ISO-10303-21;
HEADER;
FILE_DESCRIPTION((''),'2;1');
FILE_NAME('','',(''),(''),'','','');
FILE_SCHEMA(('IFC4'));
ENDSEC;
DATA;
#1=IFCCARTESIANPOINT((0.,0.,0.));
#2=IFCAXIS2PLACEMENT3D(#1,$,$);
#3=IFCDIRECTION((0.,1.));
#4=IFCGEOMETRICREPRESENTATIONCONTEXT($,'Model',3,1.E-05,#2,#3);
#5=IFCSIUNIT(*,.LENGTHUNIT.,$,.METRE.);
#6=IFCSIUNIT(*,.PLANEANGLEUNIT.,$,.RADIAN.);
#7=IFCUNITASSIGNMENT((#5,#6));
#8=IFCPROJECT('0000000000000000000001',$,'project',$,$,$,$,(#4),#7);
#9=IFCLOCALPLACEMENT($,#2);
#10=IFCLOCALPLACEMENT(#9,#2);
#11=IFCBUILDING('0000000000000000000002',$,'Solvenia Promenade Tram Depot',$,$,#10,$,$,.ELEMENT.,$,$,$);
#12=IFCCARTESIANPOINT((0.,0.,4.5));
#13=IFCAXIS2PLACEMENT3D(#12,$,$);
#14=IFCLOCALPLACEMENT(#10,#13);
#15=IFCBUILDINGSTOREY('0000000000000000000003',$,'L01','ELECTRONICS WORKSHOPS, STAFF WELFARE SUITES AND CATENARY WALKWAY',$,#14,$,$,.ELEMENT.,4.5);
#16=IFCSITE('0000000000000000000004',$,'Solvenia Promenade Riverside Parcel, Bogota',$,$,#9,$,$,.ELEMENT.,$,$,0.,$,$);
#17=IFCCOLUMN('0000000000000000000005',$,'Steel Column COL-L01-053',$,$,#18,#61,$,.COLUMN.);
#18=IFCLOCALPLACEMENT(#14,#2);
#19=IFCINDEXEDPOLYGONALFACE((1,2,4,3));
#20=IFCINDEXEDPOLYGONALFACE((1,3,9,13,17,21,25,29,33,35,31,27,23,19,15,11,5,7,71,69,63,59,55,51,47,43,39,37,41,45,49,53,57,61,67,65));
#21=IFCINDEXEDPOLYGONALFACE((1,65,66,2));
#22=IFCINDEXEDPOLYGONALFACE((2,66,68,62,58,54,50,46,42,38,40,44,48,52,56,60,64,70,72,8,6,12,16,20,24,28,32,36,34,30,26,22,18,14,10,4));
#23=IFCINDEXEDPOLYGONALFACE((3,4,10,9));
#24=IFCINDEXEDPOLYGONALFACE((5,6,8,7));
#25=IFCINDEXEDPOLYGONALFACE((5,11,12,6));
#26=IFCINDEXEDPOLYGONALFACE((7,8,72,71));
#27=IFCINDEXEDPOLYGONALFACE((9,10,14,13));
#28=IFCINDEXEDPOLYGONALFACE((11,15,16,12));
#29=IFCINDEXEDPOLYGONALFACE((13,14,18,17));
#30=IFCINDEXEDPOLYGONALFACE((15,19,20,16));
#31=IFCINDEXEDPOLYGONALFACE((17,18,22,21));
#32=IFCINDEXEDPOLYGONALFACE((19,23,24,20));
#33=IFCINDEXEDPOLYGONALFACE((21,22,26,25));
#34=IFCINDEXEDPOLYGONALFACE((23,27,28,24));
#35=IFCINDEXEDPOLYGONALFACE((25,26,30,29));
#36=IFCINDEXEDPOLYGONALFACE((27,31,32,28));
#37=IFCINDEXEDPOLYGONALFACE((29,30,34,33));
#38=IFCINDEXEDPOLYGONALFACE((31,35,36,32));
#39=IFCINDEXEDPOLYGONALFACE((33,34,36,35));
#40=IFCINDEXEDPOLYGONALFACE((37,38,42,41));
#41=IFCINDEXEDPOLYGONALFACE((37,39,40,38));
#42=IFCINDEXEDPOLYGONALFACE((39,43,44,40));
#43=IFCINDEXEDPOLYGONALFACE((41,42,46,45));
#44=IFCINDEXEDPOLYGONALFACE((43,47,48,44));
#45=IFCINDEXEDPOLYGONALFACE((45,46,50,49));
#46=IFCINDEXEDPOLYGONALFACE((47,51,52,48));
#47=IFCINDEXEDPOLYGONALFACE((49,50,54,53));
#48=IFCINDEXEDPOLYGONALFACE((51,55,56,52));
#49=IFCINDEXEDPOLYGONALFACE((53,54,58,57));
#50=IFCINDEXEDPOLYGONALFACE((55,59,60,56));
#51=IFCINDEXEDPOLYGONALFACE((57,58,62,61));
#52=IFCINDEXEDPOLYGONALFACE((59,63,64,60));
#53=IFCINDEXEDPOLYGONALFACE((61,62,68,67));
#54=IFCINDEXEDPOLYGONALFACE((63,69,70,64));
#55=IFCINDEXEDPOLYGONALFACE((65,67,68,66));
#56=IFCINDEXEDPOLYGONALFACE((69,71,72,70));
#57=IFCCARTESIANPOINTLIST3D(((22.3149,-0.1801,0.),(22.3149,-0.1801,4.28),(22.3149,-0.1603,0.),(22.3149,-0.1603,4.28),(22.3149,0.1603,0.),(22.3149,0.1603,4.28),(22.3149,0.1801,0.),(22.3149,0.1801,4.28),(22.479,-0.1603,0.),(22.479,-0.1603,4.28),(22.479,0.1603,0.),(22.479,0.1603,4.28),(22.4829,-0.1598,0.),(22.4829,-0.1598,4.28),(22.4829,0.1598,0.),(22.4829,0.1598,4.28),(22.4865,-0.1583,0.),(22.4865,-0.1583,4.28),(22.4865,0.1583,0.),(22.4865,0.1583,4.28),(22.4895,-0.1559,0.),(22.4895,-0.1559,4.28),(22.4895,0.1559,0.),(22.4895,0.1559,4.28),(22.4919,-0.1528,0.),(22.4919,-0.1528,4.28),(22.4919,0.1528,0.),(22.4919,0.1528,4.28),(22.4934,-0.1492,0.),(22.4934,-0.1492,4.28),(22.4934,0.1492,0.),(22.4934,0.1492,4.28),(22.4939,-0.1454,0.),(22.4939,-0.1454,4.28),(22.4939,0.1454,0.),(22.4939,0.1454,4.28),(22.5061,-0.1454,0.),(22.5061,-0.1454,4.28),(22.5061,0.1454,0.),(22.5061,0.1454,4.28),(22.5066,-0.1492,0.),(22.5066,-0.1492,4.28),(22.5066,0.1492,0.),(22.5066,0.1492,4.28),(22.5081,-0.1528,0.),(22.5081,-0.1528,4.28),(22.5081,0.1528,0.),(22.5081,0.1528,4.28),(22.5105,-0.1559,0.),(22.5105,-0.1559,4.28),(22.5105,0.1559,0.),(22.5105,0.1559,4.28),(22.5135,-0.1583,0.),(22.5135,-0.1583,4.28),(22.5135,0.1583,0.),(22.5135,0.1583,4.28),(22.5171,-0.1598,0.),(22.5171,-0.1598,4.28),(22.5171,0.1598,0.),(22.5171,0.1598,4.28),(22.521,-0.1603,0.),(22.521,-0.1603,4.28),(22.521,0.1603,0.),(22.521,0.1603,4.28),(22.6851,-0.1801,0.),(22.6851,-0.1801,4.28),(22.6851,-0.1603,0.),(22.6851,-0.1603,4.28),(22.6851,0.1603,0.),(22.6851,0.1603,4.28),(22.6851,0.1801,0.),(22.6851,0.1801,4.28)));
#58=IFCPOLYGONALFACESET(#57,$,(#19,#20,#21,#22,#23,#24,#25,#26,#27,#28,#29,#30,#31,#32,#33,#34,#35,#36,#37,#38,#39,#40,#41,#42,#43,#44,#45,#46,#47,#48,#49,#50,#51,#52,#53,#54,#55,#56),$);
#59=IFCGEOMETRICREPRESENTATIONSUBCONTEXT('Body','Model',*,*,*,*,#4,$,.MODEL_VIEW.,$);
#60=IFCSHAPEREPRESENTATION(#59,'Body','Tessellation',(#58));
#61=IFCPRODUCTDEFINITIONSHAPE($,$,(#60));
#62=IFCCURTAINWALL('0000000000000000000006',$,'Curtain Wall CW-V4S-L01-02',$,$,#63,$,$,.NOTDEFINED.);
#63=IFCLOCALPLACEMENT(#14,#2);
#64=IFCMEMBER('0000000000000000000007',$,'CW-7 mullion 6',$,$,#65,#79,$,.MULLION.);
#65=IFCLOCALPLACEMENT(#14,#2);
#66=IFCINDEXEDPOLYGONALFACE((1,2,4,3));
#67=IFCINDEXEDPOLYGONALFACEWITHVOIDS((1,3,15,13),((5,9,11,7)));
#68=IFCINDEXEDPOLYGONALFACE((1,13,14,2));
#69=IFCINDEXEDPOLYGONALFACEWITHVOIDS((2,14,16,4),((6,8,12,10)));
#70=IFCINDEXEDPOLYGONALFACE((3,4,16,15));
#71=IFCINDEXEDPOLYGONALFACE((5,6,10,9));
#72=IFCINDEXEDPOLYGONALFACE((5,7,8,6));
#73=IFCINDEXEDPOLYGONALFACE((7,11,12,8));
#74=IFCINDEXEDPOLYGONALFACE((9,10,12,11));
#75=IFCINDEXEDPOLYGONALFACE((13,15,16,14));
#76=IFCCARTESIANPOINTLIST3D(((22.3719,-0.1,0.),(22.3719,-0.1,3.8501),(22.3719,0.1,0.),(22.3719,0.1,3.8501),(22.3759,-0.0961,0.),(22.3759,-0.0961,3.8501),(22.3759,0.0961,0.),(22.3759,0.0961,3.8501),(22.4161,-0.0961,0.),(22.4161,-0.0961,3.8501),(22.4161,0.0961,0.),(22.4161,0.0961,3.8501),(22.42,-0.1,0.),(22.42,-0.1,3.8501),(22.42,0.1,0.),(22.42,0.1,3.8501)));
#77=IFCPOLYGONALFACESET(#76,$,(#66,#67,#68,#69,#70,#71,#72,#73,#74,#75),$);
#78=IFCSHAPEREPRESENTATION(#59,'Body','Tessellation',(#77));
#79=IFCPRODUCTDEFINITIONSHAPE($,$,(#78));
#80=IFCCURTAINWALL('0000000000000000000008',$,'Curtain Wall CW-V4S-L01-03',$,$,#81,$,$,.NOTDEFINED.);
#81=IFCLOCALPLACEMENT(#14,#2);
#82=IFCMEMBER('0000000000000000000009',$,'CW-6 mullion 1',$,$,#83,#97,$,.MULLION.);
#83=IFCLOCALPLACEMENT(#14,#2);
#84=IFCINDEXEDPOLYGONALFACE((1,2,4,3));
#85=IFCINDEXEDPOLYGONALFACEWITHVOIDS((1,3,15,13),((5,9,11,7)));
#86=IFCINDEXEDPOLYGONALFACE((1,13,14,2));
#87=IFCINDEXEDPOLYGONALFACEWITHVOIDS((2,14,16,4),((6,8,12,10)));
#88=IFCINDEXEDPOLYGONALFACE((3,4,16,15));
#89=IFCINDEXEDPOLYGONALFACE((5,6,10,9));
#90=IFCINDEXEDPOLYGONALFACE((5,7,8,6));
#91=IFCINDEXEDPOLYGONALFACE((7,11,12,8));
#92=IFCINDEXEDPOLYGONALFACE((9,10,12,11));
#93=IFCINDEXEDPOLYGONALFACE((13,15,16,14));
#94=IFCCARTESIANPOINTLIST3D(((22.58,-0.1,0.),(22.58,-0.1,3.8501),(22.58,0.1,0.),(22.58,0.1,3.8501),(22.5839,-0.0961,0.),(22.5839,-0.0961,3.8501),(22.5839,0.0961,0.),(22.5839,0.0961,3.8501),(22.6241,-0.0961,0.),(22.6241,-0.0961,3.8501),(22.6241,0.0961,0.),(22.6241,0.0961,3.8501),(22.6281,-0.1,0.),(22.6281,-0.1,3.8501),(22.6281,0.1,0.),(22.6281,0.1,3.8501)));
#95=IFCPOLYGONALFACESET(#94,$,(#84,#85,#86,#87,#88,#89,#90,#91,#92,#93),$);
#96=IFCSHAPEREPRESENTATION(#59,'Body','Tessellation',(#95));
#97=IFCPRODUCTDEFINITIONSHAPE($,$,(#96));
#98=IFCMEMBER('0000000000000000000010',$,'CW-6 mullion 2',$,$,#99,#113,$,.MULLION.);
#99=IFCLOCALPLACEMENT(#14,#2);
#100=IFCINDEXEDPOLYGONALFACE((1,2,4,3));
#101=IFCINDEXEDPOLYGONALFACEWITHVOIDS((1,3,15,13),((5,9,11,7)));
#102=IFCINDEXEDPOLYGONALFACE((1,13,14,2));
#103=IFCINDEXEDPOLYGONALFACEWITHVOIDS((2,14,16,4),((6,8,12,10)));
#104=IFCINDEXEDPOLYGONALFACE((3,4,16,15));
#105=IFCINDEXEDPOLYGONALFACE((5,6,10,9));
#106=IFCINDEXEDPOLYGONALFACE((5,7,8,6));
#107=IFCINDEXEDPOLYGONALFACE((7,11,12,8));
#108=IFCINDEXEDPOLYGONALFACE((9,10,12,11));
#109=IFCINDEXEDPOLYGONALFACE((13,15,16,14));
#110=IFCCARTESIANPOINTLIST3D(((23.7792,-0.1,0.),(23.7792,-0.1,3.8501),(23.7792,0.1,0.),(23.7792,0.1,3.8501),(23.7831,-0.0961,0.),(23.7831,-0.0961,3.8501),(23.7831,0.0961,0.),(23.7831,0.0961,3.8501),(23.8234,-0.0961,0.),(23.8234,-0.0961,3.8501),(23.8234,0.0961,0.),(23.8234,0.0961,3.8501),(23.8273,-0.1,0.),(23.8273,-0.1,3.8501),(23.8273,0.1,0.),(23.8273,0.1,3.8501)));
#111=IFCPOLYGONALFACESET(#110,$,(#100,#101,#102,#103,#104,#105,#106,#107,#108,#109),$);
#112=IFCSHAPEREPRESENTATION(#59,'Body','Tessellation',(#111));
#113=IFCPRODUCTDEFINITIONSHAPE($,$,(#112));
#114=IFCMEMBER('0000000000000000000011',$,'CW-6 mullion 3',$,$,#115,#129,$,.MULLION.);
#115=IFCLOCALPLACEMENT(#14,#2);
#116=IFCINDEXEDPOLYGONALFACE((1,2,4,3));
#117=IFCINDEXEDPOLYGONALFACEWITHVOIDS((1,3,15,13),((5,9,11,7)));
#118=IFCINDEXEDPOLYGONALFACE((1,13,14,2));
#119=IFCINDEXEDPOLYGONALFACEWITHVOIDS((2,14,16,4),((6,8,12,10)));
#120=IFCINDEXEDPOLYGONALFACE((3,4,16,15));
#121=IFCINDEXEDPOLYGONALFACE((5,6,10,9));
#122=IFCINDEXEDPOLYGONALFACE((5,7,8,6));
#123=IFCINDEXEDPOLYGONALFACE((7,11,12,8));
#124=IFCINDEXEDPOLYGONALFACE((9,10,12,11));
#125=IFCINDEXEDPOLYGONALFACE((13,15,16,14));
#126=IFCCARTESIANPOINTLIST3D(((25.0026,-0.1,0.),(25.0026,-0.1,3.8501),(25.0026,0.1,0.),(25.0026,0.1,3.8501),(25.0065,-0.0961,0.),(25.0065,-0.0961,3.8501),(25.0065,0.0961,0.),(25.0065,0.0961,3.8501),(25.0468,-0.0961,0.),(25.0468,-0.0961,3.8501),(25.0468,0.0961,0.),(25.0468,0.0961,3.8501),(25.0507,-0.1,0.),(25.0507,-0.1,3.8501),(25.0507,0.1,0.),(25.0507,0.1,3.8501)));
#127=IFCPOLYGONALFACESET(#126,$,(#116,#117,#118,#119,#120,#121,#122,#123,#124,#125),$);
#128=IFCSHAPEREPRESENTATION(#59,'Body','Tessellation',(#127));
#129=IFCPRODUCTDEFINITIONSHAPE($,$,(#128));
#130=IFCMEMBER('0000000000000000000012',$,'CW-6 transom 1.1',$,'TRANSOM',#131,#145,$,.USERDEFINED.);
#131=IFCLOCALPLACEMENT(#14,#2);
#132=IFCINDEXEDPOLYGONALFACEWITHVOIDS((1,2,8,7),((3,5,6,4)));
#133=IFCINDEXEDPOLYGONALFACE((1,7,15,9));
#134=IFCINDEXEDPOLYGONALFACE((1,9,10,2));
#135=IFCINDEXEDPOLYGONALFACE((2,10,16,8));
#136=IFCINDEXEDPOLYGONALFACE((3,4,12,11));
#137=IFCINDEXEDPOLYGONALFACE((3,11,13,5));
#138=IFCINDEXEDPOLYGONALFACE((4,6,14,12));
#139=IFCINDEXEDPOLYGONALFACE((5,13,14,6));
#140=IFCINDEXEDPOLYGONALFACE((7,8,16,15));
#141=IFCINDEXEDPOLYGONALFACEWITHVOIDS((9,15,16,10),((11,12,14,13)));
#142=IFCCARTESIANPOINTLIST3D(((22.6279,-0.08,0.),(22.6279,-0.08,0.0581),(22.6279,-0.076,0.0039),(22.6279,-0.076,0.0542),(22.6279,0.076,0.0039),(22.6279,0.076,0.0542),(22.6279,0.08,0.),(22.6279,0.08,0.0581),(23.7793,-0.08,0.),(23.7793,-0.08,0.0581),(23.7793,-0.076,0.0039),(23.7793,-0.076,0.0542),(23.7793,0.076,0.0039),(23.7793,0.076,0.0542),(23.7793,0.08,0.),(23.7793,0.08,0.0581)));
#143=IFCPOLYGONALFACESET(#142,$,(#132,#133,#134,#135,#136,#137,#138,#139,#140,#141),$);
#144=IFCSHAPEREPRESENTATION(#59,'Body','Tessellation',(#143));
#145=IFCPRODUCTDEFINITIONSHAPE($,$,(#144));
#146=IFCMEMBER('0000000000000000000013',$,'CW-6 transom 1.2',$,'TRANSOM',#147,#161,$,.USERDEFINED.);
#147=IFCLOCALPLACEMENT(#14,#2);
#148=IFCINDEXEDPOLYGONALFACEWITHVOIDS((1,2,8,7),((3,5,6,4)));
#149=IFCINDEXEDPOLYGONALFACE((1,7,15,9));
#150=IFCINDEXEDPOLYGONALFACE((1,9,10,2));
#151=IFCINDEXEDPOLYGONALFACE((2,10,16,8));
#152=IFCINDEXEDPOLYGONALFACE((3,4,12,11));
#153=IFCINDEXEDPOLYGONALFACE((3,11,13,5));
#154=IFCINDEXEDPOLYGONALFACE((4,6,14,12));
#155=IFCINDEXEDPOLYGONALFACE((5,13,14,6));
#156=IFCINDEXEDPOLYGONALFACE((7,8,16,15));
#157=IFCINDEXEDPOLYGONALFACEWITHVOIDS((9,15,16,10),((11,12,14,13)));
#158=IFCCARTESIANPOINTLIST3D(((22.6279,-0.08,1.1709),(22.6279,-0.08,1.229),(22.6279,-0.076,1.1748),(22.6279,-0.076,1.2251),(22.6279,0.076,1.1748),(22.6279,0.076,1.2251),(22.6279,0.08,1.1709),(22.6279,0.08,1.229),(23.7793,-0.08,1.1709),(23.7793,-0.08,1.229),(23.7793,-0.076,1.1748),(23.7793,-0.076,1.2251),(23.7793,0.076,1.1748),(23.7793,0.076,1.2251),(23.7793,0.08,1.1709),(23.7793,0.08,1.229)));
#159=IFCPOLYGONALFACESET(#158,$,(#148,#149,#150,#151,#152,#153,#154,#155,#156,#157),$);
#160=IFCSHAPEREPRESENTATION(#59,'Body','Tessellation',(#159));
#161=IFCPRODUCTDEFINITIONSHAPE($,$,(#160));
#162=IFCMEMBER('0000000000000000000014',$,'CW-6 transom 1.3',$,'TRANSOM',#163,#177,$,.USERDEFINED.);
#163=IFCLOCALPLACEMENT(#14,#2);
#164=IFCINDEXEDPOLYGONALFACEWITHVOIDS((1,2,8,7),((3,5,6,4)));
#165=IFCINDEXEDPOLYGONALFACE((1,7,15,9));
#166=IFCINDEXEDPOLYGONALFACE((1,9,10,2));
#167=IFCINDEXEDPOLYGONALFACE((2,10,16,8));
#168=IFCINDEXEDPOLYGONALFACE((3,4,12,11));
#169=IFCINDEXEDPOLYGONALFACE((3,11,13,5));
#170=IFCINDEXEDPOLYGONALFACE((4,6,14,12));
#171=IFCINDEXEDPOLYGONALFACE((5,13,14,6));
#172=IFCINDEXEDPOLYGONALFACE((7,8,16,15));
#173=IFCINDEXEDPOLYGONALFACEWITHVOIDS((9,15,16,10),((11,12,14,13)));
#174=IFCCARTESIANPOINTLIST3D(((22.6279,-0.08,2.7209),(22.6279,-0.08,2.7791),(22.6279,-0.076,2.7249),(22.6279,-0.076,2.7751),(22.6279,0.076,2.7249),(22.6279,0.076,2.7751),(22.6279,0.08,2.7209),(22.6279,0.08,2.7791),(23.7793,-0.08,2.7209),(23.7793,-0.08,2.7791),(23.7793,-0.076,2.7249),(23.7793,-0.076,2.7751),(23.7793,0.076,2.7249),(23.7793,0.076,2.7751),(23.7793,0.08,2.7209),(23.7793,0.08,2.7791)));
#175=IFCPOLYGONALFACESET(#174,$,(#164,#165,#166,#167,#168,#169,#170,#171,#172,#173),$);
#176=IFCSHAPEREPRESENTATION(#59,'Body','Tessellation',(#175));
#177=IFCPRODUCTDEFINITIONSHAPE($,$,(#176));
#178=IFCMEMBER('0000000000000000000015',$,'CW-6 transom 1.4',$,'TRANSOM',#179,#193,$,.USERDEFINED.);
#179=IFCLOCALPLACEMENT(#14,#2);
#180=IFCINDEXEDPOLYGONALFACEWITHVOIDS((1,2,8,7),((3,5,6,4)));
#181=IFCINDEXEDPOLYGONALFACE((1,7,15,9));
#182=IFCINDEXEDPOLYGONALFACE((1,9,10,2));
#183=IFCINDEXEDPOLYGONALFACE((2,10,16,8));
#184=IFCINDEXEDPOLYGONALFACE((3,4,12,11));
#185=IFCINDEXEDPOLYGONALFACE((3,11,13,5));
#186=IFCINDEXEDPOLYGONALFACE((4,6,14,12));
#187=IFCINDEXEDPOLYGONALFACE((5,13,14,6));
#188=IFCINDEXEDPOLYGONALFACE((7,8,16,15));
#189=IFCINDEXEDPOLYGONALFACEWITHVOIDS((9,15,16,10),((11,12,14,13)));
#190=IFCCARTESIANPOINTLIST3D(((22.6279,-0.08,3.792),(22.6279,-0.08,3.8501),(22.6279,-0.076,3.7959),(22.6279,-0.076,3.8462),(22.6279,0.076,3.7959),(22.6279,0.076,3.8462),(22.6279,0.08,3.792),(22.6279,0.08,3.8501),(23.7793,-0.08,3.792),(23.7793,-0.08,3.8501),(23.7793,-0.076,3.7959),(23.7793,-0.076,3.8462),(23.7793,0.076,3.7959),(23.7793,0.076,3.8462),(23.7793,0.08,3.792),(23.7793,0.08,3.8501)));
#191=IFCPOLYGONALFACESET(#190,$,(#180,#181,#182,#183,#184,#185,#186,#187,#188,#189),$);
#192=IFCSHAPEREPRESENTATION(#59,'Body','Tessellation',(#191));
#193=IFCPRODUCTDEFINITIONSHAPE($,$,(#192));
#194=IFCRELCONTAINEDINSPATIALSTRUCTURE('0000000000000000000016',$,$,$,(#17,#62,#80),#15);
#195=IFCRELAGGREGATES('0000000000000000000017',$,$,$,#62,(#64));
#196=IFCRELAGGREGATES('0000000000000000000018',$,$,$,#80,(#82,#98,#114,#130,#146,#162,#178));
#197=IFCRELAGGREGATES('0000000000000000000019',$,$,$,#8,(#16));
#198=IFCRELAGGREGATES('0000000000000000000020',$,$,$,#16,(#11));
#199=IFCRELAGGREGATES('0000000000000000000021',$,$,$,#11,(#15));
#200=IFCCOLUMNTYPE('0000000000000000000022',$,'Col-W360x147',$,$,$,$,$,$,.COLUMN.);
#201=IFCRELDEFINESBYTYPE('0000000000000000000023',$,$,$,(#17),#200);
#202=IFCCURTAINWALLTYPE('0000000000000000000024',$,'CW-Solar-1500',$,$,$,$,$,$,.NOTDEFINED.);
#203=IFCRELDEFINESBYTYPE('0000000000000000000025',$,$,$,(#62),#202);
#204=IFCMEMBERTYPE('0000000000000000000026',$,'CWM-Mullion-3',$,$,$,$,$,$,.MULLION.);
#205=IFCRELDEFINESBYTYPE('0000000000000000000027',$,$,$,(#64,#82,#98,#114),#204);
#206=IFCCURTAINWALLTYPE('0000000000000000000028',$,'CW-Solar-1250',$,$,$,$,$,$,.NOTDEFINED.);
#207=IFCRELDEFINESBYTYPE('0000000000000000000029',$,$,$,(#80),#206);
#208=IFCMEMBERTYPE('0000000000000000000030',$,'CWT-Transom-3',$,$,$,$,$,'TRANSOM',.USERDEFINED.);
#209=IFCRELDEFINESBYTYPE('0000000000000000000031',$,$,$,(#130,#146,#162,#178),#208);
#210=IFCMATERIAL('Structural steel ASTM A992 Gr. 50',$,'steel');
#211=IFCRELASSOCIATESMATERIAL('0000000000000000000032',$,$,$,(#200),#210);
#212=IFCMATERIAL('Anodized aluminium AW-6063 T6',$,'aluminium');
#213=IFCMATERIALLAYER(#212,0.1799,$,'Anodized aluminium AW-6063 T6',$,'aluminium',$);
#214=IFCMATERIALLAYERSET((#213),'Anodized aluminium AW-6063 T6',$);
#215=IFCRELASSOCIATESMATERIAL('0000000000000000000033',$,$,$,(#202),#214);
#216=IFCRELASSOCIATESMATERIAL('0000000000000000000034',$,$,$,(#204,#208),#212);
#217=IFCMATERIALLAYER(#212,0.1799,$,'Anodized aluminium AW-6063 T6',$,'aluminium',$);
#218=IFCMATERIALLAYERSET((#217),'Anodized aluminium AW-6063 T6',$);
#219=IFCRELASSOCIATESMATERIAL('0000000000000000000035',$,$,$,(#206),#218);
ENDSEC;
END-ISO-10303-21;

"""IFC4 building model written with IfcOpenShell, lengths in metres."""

from ifc_helpers import new_model, si_unit, direction, frame, origin, origin_2d, place, context, subcontext, project, spatial, hollow_rectangle, i_section, extrude, material, layer, layer_set, material_profile, profile_set, type_object, element, aggregate, save


model = new_model("IFC4")

# Units and contexts
model_context = context("Model", 3, precision=1e-05, world=origin(), true_north=direction((0.0, 1.0)))
body_context = subcontext(model_context, "Body", "Model", "MODEL_VIEW")
ifc_project = project(units=[si_unit("LENGTHUNIT", "METRE"), si_unit("PLANEANGLEUNIT", "RADIAN")], contexts=[model_context])

# Site, building, storey
site_placement = place(None, origin())
site = spatial("IfcSite", under=ifc_project, at=site_placement, Name="Solvenia Promenade Riverside Parcel, Bogota", CompositionType="ELEMENT", RefElevation=0.0)
building_placement = place(site_placement, origin())
building = spatial("IfcBuilding", under=site, at=building_placement, Name="Solvenia Promenade Tram Depot", CompositionType="ELEMENT")
storey_placement = place(building_placement, frame((0.0, 0.0, 4.5)))
storey = spatial("IfcBuildingStorey", under=building, at=storey_placement, Name="L01", Description="ELECTRONICS WORKSHOPS, STAFF WELFARE SUITES AND CATENARY WALKWAY", CompositionType="ELEMENT", Elevation=4.5)

# Column
ifc_material_1 = material(Name="Structural steel ASTM A992 Gr. 50", Category="steel")
ifc_material_profile_1 = material_profile(ifc_material_1, i_section(OverallWidth=0.3701, OverallDepth=0.3601, WebThickness=0.0122, FlangeThickness=0.0198, FilletRadius=0.0149, at=origin_2d()), Name="W360x147", Category="steel")
ifc_profile_set_1 = profile_set([ifc_material_profile_1], Name="Structural steel ASTM A992 Gr. 50")
column_type = type_object("IfcColumnType", Name="Col-W360x147", PredefinedType="COLUMN", material=ifc_profile_set_1)
column_placement = place(storey_placement, frame((22.5, 0.0, 0.0), z_axis=(0.0, 0.0, 1.0), x_axis=(1.0, 0.0, 0.0)))
element("IfcColumn", 1, at=column_placement, inside=storey, type_object=column_type, Name="Steel Column COL-L01-053", PredefinedType="COLUMN", context=body_context, shape_type="SweptSolid", body=[
    extrude(i_section(OverallWidth=0.3701, OverallDepth=0.3601, WebThickness=0.0122, FlangeThickness=0.0198, FilletRadius=0.0149, at=origin_2d()), origin(), (0.0, 0.0, 1.0), 4.28),
])

# Curtain wall, member
ifc_material_2 = material(Name="Anodized aluminium AW-6063 T6", Category="aluminium")
ifc_layer_1 = layer(ifc_material_2, 0.1799, Name="Anodized aluminium AW-6063 T6", Category="aluminium")
ifc_layer_set_1 = layer_set([ifc_layer_1], Name="Anodized aluminium AW-6063 T6")
curtain_wall_type_1 = type_object("IfcCurtainWallType", Name="CW-Solar-1500", PredefinedType="NOTDEFINED", material=ifc_layer_set_1)
curtain_wall_1_placement = place(storey_placement, origin())
curtain_wall_1 = element("IfcCurtainWall", 2, at=curtain_wall_1_placement, inside=storey, type_object=curtain_wall_type_1, Name="Curtain Wall CW-V4S-L01-02", PredefinedType="NOTDEFINED")
ifc_material_profile_2 = material_profile(ifc_material_2, hollow_rectangle(XDim=0.2, YDim=0.0481, WallThickness=0.0039, at=origin_2d()), Name="ALU-M3", Category="aluminium")
ifc_profile_set_2 = profile_set([ifc_material_profile_2], Name="Anodized aluminium AW-6063 T6")
member_type_1 = type_object("IfcMemberType", Name="CWM-Mullion-3", PredefinedType="MULLION", material=ifc_profile_set_2)
member_1_placement = place(storey_placement, frame((22.396, 0.0, 0.0), z_axis=(0.0, 0.0, 1.0), x_axis=(0.0, 1.0, 0.0)))
member_1 = element("IfcMember", 3, at=member_1_placement, type_object=member_type_1, Name="CW-7 mullion 6", PredefinedType="MULLION", context=body_context, shape_type="SweptSolid", body=[
    extrude(hollow_rectangle(XDim=0.2, YDim=0.0481, WallThickness=0.0039, at=origin_2d()), origin(), (0.0, 0.0, 1.0), 3.8501),
])
aggregate(curtain_wall_1, [member_1])

# Curtain wall, members
ifc_layer_2 = layer(ifc_material_2, 0.1799, Name="Anodized aluminium AW-6063 T6", Category="aluminium")
ifc_layer_set_2 = layer_set([ifc_layer_2], Name="Anodized aluminium AW-6063 T6")
curtain_wall_type_2 = type_object("IfcCurtainWallType", Name="CW-Solar-1250", PredefinedType="NOTDEFINED", material=ifc_layer_set_2)
curtain_wall_2_placement = place(storey_placement, origin())
curtain_wall_2 = element("IfcCurtainWall", 4, at=curtain_wall_2_placement, inside=storey, type_object=curtain_wall_type_2, Name="Curtain Wall CW-V4S-L01-03", PredefinedType="NOTDEFINED")
member_2_placement = place(storey_placement, frame((22.604, 0.0, 0.0), z_axis=(0.0, 0.0, 1.0), x_axis=(0.0, 1.0, 0.0)))
member_2 = element("IfcMember", 5, at=member_2_placement, type_object=member_type_1, Name="CW-6 mullion 1", PredefinedType="MULLION", context=body_context, shape_type="SweptSolid", body=[
    extrude(hollow_rectangle(XDim=0.2, YDim=0.0481, WallThickness=0.0039, at=origin_2d()), origin(), (0.0, 0.0, 1.0), 3.8501),
])
member_3_placement = place(storey_placement, frame((23.8032, 0.0, 0.0), z_axis=(0.0, 0.0, 1.0), x_axis=(0.0, 1.0, 0.0)))
member_3 = element("IfcMember", 6, at=member_3_placement, type_object=member_type_1, Name="CW-6 mullion 2", PredefinedType="MULLION", context=body_context, shape_type="SweptSolid", body=[
    extrude(hollow_rectangle(XDim=0.2, YDim=0.0481, WallThickness=0.0039, at=origin_2d()), origin(), (0.0, 0.0, 1.0), 3.8501),
])
member_4_placement = place(storey_placement, frame((25.0266, 0.0, 0.0), z_axis=(0.0, 0.0, 1.0), x_axis=(0.0, 1.0, 0.0)))
member_4 = element("IfcMember", 7, at=member_4_placement, type_object=member_type_1, Name="CW-6 mullion 3", PredefinedType="MULLION", context=body_context, shape_type="SweptSolid", body=[
    extrude(hollow_rectangle(XDim=0.2, YDim=0.0481, WallThickness=0.0039, at=origin_2d()), origin(), (0.0, 0.0, 1.0), 3.8501),
])
ifc_material_profile_3 = material_profile(ifc_material_2, hollow_rectangle(XDim=0.1599, YDim=0.0581, WallThickness=0.0039, at=origin_2d()), Name="ALU-T3", Category="aluminium")
ifc_profile_set_3 = profile_set([ifc_material_profile_3], Name="Anodized aluminium AW-6063 T6")
member_type_2 = type_object("IfcMemberType", Name="CWT-Transom-3", ElementType="TRANSOM", PredefinedType="USERDEFINED", material=ifc_profile_set_3)
member_5_placement = place(storey_placement, frame((22.6279, 0.0, 0.0291), z_axis=(1.0, 0.0, 0.0), x_axis=(0.0, 1.0, 0.0)))
member_5 = element("IfcMember", 8, at=member_5_placement, type_object=member_type_2, Name="CW-6 transom 1.1", ObjectType="TRANSOM", PredefinedType="USERDEFINED", context=body_context, shape_type="SweptSolid", body=[
    extrude(hollow_rectangle(XDim=0.1599, YDim=0.0581, WallThickness=0.0039, at=origin_2d()), origin(), (0.0, 0.0, 1.0), 1.1514),
])
member_6_placement = place(storey_placement, frame((22.6279, 0.0, 1.2), z_axis=(1.0, 0.0, 0.0), x_axis=(0.0, 1.0, 0.0)))
member_6 = element("IfcMember", 9, at=member_6_placement, type_object=member_type_2, Name="CW-6 transom 1.2", ObjectType="TRANSOM", PredefinedType="USERDEFINED", context=body_context, shape_type="SweptSolid", body=[
    extrude(hollow_rectangle(XDim=0.1599, YDim=0.0581, WallThickness=0.0039, at=origin_2d()), origin(), (0.0, 0.0, 1.0), 1.1514),
])
member_7_placement = place(storey_placement, frame((22.6279, 0.0, 2.75), z_axis=(1.0, 0.0, 0.0), x_axis=(0.0, 1.0, 0.0)))
member_7 = element("IfcMember", 10, at=member_7_placement, type_object=member_type_2, Name="CW-6 transom 1.3", ObjectType="TRANSOM", PredefinedType="USERDEFINED", context=body_context, shape_type="SweptSolid", body=[
    extrude(hollow_rectangle(XDim=0.1599, YDim=0.0581, WallThickness=0.0039, at=origin_2d()), origin(), (0.0, 0.0, 1.0), 1.1514),
])
member_8_placement = place(storey_placement, frame((22.6279, 0.0, 3.821), z_axis=(1.0, 0.0, 0.0), x_axis=(0.0, 1.0, 0.0)))
member_8 = element("IfcMember", 11, at=member_8_placement, type_object=member_type_2, Name="CW-6 transom 1.4", ObjectType="TRANSOM", PredefinedType="USERDEFINED", context=body_context, shape_type="SweptSolid", body=[
    extrude(hollow_rectangle(XDim=0.1599, YDim=0.0581, WallThickness=0.0039, at=origin_2d()), origin(), (0.0, 0.0, 1.0), 1.1514),
])

aggregate(curtain_wall_2, [member_2, member_3, member_4, member_5, member_6, member_7, member_8])

save(model, "model.ifc")
